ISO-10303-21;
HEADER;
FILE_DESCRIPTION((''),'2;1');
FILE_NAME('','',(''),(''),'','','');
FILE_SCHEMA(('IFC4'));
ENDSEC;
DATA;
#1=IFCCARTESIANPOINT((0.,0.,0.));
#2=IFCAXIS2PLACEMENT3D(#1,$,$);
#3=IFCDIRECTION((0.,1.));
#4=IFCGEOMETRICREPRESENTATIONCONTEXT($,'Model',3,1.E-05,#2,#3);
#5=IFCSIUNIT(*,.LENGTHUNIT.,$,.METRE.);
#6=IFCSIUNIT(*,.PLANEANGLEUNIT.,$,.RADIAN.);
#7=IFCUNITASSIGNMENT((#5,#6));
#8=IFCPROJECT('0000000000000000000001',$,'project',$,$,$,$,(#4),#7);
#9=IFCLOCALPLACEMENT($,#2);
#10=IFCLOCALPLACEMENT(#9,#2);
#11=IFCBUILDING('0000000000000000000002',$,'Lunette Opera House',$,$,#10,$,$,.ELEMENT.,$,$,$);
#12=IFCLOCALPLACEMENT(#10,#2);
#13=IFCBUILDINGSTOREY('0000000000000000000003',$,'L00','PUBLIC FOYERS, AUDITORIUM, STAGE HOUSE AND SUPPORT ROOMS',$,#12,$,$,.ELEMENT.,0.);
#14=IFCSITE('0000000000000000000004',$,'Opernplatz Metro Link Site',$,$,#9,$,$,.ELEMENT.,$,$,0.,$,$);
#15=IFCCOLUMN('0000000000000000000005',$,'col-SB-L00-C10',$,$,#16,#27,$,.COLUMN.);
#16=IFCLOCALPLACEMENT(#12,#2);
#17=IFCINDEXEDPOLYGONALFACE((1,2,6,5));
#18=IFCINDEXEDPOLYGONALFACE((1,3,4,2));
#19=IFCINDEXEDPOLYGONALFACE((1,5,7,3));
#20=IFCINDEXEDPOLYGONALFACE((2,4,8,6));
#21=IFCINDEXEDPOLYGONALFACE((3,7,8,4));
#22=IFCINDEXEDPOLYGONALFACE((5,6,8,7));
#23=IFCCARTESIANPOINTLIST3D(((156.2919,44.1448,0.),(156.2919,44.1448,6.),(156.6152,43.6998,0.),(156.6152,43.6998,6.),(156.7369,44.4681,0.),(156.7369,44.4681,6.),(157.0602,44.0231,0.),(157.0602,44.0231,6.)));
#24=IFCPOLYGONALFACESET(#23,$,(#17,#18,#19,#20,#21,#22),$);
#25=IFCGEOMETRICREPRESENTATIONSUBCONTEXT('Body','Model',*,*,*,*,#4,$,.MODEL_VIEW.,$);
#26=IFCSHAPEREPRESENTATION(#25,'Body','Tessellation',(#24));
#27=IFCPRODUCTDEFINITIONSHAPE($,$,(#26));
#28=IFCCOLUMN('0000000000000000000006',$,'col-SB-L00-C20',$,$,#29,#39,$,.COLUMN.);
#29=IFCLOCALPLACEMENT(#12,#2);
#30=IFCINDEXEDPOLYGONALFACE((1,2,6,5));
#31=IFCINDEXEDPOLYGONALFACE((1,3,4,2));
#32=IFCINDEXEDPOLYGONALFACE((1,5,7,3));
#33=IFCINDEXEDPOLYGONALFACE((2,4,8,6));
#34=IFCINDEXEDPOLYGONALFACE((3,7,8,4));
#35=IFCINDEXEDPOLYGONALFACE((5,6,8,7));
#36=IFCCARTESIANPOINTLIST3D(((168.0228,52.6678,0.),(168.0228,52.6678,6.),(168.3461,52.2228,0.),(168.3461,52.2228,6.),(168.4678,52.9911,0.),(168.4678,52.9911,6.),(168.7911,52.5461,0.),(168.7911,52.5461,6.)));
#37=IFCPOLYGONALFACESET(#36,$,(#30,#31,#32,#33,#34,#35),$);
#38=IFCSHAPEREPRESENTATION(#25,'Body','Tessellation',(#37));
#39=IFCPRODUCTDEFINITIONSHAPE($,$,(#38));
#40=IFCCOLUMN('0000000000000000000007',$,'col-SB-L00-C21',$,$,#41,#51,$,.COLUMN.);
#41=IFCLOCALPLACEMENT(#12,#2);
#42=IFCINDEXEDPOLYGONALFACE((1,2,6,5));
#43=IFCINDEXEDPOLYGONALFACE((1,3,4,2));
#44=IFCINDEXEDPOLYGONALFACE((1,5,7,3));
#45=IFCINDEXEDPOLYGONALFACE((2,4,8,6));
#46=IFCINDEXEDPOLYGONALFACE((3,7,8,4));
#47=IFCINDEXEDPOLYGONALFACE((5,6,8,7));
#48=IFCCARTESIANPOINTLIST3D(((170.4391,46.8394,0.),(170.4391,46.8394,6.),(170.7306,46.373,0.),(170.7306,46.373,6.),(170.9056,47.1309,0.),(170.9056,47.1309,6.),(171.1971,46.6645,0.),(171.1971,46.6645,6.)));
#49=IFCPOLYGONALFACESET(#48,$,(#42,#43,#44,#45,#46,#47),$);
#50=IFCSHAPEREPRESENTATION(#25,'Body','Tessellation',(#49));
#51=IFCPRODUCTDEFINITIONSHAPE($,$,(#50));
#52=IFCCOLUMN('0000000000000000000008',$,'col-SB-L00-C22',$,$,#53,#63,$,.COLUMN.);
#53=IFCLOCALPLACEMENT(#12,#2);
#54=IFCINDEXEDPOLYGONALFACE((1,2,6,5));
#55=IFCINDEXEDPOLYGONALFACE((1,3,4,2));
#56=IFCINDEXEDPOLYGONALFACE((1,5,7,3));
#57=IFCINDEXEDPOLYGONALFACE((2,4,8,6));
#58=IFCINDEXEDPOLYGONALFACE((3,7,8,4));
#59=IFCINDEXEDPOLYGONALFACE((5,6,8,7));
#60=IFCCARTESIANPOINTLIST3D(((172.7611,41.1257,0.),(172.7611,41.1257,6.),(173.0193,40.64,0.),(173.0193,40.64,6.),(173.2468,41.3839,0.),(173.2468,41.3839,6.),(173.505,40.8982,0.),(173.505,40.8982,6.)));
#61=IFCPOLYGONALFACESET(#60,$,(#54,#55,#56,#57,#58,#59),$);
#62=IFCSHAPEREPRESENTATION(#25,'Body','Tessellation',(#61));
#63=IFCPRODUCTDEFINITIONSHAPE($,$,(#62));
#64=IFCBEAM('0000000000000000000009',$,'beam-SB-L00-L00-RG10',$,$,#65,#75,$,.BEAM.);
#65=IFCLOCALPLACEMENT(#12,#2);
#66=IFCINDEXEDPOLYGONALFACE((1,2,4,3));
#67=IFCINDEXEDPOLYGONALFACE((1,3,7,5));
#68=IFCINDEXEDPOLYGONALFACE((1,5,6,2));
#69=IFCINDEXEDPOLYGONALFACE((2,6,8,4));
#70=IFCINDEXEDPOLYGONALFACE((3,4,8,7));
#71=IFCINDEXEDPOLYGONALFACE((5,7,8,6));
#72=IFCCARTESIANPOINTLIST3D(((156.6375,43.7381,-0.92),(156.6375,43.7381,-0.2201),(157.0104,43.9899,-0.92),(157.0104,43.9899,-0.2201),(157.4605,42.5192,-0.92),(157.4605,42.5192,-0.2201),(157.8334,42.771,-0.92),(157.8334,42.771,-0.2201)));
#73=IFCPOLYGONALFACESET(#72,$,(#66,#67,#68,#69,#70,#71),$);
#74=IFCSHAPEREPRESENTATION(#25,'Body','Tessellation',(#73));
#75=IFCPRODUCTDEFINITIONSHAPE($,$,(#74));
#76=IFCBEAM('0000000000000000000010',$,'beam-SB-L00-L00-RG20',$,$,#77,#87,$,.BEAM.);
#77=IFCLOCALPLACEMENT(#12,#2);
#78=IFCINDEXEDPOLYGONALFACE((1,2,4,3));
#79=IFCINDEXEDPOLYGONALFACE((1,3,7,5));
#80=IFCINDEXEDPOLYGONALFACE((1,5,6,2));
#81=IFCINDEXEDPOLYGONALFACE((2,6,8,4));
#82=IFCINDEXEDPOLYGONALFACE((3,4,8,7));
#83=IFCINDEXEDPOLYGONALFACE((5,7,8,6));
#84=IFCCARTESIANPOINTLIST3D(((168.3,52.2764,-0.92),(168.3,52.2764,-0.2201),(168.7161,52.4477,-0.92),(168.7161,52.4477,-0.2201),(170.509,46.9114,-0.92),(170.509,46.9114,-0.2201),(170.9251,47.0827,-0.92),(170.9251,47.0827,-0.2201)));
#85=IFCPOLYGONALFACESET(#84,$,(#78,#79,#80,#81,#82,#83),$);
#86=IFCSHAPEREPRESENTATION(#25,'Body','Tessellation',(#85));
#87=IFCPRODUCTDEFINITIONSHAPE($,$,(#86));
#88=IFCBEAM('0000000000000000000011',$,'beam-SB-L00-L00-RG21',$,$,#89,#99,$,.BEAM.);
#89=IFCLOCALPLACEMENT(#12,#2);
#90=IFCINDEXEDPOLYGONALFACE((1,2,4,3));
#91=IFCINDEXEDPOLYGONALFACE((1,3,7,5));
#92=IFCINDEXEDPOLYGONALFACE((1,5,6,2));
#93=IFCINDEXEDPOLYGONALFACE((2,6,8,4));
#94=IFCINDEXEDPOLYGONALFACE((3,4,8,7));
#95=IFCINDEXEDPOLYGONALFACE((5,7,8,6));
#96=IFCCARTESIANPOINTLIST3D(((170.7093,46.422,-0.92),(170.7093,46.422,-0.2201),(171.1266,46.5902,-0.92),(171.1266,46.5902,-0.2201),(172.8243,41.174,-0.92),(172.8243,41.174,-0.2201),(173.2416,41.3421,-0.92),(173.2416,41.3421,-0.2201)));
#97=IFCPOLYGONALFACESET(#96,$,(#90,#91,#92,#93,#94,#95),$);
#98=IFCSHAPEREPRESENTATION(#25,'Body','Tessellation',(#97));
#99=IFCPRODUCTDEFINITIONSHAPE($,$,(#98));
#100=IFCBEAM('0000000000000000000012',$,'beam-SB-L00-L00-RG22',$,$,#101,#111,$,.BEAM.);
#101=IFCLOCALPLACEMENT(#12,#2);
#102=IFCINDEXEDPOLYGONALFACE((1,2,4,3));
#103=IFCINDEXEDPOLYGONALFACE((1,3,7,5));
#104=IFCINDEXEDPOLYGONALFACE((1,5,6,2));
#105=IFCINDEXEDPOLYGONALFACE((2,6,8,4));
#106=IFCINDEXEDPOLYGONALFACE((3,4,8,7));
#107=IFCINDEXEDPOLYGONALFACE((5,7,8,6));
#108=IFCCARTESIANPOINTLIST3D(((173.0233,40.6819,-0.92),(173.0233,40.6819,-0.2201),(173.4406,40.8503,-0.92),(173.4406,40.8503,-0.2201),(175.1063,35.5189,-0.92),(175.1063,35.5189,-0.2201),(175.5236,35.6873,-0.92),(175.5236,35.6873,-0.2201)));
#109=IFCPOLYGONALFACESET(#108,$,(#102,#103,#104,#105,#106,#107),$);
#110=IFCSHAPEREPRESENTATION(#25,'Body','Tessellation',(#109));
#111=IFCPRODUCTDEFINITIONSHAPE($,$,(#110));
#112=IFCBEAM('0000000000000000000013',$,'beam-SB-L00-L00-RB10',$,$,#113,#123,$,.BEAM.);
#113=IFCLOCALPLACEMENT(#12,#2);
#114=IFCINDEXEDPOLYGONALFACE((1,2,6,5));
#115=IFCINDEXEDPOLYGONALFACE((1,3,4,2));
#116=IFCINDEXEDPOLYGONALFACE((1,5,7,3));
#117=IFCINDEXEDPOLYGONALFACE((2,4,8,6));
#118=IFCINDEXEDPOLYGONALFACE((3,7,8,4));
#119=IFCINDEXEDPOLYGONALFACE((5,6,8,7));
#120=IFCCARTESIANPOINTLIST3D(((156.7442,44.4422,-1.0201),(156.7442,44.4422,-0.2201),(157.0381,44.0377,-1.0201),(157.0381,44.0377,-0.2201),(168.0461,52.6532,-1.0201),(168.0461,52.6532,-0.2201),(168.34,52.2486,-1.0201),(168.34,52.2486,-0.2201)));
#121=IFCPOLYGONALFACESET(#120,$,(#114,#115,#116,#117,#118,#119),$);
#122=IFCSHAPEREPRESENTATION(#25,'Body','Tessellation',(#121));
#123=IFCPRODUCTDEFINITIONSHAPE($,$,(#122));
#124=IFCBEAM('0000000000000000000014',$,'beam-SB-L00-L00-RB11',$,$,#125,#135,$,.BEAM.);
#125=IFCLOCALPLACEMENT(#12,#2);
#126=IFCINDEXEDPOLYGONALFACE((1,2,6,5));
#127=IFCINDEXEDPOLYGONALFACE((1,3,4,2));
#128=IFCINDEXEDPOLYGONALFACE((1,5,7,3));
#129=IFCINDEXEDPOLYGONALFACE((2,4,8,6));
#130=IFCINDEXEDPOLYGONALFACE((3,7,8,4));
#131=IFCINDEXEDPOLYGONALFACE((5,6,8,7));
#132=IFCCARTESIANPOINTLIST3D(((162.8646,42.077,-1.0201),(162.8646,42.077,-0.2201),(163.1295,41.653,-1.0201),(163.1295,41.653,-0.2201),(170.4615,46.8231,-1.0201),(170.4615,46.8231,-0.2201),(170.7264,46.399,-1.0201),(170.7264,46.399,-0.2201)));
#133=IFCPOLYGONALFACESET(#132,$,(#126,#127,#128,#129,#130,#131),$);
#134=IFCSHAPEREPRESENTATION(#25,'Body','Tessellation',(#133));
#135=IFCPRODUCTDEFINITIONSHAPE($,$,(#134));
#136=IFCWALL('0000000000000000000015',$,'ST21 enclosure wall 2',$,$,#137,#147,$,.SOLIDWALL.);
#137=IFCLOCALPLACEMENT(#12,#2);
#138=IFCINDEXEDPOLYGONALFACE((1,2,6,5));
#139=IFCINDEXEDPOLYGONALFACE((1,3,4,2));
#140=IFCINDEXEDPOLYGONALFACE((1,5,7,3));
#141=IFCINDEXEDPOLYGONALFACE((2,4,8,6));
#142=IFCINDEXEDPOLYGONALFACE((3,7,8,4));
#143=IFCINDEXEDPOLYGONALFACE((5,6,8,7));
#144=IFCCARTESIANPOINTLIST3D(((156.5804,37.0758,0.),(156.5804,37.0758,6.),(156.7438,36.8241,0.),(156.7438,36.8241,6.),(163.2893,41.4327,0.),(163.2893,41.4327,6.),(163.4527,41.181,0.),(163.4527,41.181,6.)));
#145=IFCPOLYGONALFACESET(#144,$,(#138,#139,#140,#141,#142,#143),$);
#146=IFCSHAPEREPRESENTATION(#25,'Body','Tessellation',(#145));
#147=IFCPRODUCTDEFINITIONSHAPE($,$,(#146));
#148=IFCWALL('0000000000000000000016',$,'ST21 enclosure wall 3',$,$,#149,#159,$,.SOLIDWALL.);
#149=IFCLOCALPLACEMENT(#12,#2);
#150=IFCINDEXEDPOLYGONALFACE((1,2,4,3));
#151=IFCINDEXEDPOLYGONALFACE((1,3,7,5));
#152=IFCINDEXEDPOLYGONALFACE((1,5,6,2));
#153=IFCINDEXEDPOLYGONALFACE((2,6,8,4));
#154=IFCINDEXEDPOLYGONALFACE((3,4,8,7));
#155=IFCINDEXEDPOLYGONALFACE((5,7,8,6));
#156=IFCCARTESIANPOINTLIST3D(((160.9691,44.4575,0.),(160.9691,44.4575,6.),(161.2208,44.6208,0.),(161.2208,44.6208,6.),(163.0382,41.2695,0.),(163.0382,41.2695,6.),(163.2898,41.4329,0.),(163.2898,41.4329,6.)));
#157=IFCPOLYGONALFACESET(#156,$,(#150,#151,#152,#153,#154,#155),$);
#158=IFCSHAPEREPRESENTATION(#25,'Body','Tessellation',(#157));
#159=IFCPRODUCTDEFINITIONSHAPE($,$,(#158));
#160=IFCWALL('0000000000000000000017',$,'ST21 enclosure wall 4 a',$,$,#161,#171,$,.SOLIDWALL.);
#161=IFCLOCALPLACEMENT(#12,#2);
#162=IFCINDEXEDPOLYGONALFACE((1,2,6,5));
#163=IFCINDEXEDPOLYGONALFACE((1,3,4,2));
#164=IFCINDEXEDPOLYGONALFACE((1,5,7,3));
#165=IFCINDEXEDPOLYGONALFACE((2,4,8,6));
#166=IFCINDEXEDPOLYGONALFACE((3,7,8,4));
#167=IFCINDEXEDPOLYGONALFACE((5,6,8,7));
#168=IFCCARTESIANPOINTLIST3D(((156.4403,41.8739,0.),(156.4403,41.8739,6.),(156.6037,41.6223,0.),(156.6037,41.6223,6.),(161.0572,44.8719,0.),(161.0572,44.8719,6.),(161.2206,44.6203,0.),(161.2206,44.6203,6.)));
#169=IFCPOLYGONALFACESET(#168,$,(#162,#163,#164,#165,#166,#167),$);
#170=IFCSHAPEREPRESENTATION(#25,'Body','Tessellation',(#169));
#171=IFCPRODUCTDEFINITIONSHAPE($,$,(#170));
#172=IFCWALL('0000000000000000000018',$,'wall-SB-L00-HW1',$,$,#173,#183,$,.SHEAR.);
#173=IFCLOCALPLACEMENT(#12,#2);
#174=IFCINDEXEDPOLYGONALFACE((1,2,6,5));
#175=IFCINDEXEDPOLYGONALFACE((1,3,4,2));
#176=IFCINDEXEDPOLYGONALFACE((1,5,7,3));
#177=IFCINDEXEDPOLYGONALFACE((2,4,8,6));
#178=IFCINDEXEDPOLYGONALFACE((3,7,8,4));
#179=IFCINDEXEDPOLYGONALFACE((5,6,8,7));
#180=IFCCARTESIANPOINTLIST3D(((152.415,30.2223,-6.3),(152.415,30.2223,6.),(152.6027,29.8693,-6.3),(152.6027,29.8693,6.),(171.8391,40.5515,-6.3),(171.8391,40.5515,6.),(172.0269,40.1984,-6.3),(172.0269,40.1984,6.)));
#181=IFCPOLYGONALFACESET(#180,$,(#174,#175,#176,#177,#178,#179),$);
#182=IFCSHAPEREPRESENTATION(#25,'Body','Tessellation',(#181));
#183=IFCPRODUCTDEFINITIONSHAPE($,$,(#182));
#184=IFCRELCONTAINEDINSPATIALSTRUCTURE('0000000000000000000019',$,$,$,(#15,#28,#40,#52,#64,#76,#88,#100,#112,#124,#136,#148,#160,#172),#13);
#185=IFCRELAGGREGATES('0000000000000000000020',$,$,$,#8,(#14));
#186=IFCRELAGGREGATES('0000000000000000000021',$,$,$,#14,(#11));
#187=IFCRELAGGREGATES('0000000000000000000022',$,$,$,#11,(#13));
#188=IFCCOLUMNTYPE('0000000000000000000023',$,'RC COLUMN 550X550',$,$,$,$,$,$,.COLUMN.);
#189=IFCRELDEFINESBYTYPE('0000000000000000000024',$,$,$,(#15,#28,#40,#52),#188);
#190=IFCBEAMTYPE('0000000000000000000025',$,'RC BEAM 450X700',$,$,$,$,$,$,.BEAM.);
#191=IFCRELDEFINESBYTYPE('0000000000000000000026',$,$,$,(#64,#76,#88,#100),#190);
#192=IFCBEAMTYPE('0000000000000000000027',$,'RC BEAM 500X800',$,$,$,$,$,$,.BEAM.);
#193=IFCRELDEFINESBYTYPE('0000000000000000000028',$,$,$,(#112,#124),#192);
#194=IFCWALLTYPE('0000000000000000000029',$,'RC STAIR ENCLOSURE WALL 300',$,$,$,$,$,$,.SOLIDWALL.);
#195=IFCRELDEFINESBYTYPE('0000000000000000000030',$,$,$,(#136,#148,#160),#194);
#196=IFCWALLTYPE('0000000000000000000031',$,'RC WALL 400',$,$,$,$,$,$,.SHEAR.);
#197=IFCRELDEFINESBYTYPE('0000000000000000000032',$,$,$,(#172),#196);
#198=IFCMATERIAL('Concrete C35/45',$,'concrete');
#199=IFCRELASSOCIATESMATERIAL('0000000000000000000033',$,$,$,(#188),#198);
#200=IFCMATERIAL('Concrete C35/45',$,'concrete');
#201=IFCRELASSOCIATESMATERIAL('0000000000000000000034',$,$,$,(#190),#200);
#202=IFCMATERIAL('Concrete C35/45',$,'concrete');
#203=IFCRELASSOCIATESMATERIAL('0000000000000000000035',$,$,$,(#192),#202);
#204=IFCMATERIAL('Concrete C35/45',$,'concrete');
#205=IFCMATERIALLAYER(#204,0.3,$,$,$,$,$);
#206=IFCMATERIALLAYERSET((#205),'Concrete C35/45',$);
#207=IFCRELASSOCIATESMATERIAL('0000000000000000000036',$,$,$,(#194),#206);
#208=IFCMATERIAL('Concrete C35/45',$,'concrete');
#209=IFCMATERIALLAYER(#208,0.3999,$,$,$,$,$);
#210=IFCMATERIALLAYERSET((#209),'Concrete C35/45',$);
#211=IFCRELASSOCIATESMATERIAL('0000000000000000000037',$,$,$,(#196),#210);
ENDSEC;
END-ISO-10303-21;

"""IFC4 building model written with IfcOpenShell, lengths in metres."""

from ifc_helpers import new_model, si_unit, direction, frame, frame_2d, origin, origin_2d, place, context, subcontext, project, spatial, rectangle, extrude, material, layer, layer_set, material_profile, profile_set, type_object, element, save


model = new_model("IFC4")

# Units and contexts
model_context = context("Model", 3, precision=1e-05, world=origin(), true_north=direction((0.0, 1.0)))
body_context = subcontext(model_context, "Body", "Model", "MODEL_VIEW")
ifc_project = project(units=[si_unit("LENGTHUNIT", "METRE"), si_unit("PLANEANGLEUNIT", "RADIAN")], contexts=[model_context])

# Site, building, storey
site_placement = place(None, origin())
site = spatial("IfcSite", under=ifc_project, at=site_placement, Name="Opernplatz Metro Link Site", CompositionType="ELEMENT", RefElevation=0.0)
building_placement = place(site_placement, origin())
building = spatial("IfcBuilding", under=site, at=building_placement, Name="Lunette Opera House", CompositionType="ELEMENT")
storey_placement = place(building_placement, origin())
storey = spatial("IfcBuildingStorey", under=building, at=storey_placement, Name="L00", Description="PUBLIC FOYERS, AUDITORIUM, STAGE HOUSE AND SUPPORT ROOMS", CompositionType="ELEMENT", Elevation=0.0)

# Columns
ifc_material_1 = material(Name="Concrete C35/45", Category="concrete")
ifc_material_profile_1 = material_profile(ifc_material_1, rectangle(XDim=0.55, YDim=0.55, at=origin_2d()), Name="RC COLUMN 550X550")
ifc_profile_set_1 = profile_set([ifc_material_profile_1], Name="Concrete C35/45")
column_type = type_object("IfcColumnType", Name="RC COLUMN 550X550", PredefinedType="COLUMN", material=ifc_profile_set_1)
for number, where, z_axis, x_axis, name in (
    (1, (156.676, 44.084, 0.0), (0.0, 0.0, 1.0), (0.587785, -0.809017, 0.0), "col-SB-L00-C10"),
    (2, (168.407, 52.6069, 0.0), (0.0, 0.0, 1.0), (0.587785, -0.809017, 0.0), "col-SB-L00-C20"),
    (3, (170.8181, 46.752, 0.0), (0.0, 0.0, 1.0), (0.529919, -0.848048, 0.0), "col-SB-L00-C21"),
    (4, (173.1331, 41.012, 0.0), (0.0, 0.0, 1.0), (0.469472, -0.882948, 0.0), "col-SB-L00-C22"),
):
    element("IfcColumn", number, at=place(storey_placement, frame(where, z_axis=z_axis, x_axis=x_axis)), inside=storey, type_object=column_type, Name=name, PredefinedType="COLUMN", context=body_context, shape_type="SweptSolid", body=[
        extrude(rectangle(XDim=0.55, YDim=0.55, at=origin_2d()), origin(), (0.0, 0.0, 1.0), 6.0),
    ])

# Beams
ifc_material_2 = material(Name="Concrete C35/45", Category="concrete")
ifc_material_profile_2 = material_profile(ifc_material_2, rectangle(XDim=0.45, YDim=0.7, at=origin_2d()), Name="RC BEAM 450X700")
ifc_profile_set_2 = profile_set([ifc_material_profile_2], Name="Concrete C35/45")
beam_type_1 = type_object("IfcBeamType", Name="RC BEAM 450X700", PredefinedType="BEAM", material=ifc_profile_set_2)
beam_1_placement = place(storey_placement, frame((156.824, 43.864, -0.5701), z_axis=(0.559556, -0.828793, 0.0), x_axis=(0.828793, 0.559556, 0.0)))
element("IfcBeam", 5, at=beam_1_placement, inside=storey, type_object=beam_type_1, Name="beam-SB-L00-L00-RG10", PredefinedType="BEAM", context=body_context, shape_type="SweptSolid", body=[
    extrude(rectangle(XDim=0.45, YDim=0.7, at=origin_2d()), origin(), (0.0, 0.0, 1.0), 1.4707),
])
beam_2_placement = place(storey_placement, frame((168.5081, 52.3621, -0.5701), z_axis=(0.380731, -0.924686, 0.0), x_axis=(0.924686, 0.380731, 0.0)))
element("IfcBeam", 6, at=beam_2_placement, inside=storey, type_object=beam_type_1, Name="beam-SB-L00-L00-RG20", PredefinedType="BEAM", context=body_context, shape_type="SweptSolid", body=[
    extrude(rectangle(XDim=0.45, YDim=0.7, at=origin_2d()), origin(), (0.0, 0.0, 1.0), 5.802),
])
beam_3_placement = place(storey_placement, frame((170.918, 46.5061, -0.5701), z_axis=(0.373792, -0.927512, 0.0), x_axis=(0.927512, 0.373792, 0.0)))
element("IfcBeam", 7, at=beam_3_placement, inside=storey, type_object=beam_type_1, Name="beam-SB-L00-L00-RG21", PredefinedType="BEAM", context=body_context, shape_type="SweptSolid", body=[
    extrude(rectangle(XDim=0.45, YDim=0.7, at=origin_2d()), origin(), (0.0, 0.0, 1.0), 5.6582),
])
beam_4_placement = place(storey_placement, frame((173.2319, 40.7661, -0.5701), z_axis=(0.374141, -0.927372, 0.0), x_axis=(0.927372, 0.374141, 0.0)))
element("IfcBeam", 8, at=beam_4_placement, inside=storey, type_object=beam_type_1, Name="beam-SB-L00-L00-RG22", PredefinedType="BEAM", context=body_context, shape_type="SweptSolid", body=[
    extrude(rectangle(XDim=0.45, YDim=0.7, at=origin_2d()), origin(), (0.0, 0.0, 1.0), 5.5674),
])
ifc_material_3 = material(Name="Concrete C35/45", Category="concrete")
ifc_material_profile_3 = material_profile(ifc_material_3, rectangle(XDim=0.5, YDim=0.8, at=origin_2d()), Name="RC BEAM 500X800")
ifc_profile_set_3 = profile_set([ifc_material_profile_3], Name="Concrete C35/45")
beam_type_2 = type_object("IfcBeamType", Name="RC BEAM 500X800", PredefinedType="BEAM", material=ifc_profile_set_3)
beam_5_placement = place(storey_placement, frame((156.8911, 44.24, -0.6201), z_axis=(0.809032, 0.587764, 0.0), x_axis=(-0.587764, 0.809032, 0.0)))
element("IfcBeam", 9, at=beam_5_placement, inside=storey, type_object=beam_type_2, Name="beam-SB-L00-L00-RB10", PredefinedType="BEAM", context=body_context, shape_type="SweptSolid", body=[
    extrude(rectangle(XDim=0.5, YDim=0.8, at=origin_2d()), origin(), (0.0, 0.0, 1.0), 13.9697),
])
beam_6_placement = place(storey_placement, frame((162.9971, 41.865, -0.6201), z_axis=(0.848098, 0.52984, 0.0), x_axis=(-0.52984, 0.848098, 0.0)))
element("IfcBeam", 10, at=beam_6_placement, inside=storey, type_object=beam_type_2, Name="beam-SB-L00-L00-RB11", PredefinedType="BEAM", context=body_context, shape_type="SweptSolid", body=[
    extrude(rectangle(XDim=0.5, YDim=0.8, at=origin_2d()), origin(), (0.0, 0.0, 1.0), 8.9575),
])

# Walls
ifc_material_4 = material(Name="Concrete C35/45", Category="concrete")
ifc_layer_1 = layer(ifc_material_4, 0.3)
ifc_layer_set_1 = layer_set([ifc_layer_1], Name="Concrete C35/45")
wall_type_1 = type_object("IfcWallType", Name="RC STAIR ENCLOSURE WALL 300", PredefinedType="SOLIDWALL", material=ifc_layer_set_1)
wall_1_placement = place(storey_placement, frame((156.6621, 36.95, 0.0), z_axis=(0.0, 0.0, 1.0), x_axis=(0.838667, 0.544645, 0.0)))
element("IfcWall", 11, at=wall_1_placement, inside=storey, type_object=wall_type_1, Name="ST21 enclosure wall 2", PredefinedType="SOLIDWALL", context=body_context, shape_type="SweptSolid", body=[
    extrude(rectangle(XDim=7.9995, YDim=0.3, at=frame_2d((3.9998, 0.0))), origin(), (0.0, 0.0, 1.0), 6.0),
])
wall_2_placement = place(storey_placement, frame((163.1641, 41.3511, 0.0), z_axis=(0.0, 0.0, 1.0), x_axis=(-0.544415, 0.838816, 0.0)))
element("IfcWall", 12, at=wall_2_placement, inside=storey, type_object=wall_type_1, Name="ST21 enclosure wall 3", PredefinedType="SOLIDWALL", context=body_context, shape_type="SweptSolid", body=[
    extrude(rectangle(XDim=3.8005, YDim=0.3, at=frame_2d((1.9004, 0.0))), origin(), (0.0, 0.0, 1.0), 6.0),
])
wall_3_placement = place(storey_placement, frame((161.1389, 44.7461, 0.0), z_axis=(0.0, 0.0, 1.0), x_axis=(-0.83869, -0.544609, 0.0)))
element("IfcWall", 13, at=wall_3_placement, inside=storey, type_object=wall_type_1, Name="ST21 enclosure wall 4 a", PredefinedType="SOLIDWALL", context=body_context, shape_type="SweptSolid", body=[
    extrude(rectangle(XDim=5.5049, YDim=0.3, at=frame_2d((2.7524, 0.0))), origin(), (0.0, 0.0, 1.0), 6.0),
])
ifc_material_5 = material(Name="Concrete C35/45", Category="concrete")
ifc_layer_2 = layer(ifc_material_5, 0.3999)
ifc_layer_set_2 = layer_set([ifc_layer_2], Name="Concrete C35/45")
wall_type_2 = type_object("IfcWallType", Name="RC WALL 400", PredefinedType="SHEAR", material=ifc_layer_set_2)
wall_4_placement = place(storey_placement, frame((171.9331, 40.375, -6.3), z_axis=(0.0, 0.0, 1.0), x_axis=(-0.882926, -0.469512, 0.0)))
element("IfcWall", 14, at=wall_4_placement, inside=storey, type_object=wall_type_2, Name="wall-SB-L00-HW1", PredefinedType="SHEAR", context=body_context, shape_type="SweptSolid", body=[
    extrude(rectangle(XDim=21.9998, YDim=0.3999, at=frame_2d((11.0, 0.0))), origin(), (0.0, 0.0, 1.0), 12.3),
])

save(model, "model.ifc")
